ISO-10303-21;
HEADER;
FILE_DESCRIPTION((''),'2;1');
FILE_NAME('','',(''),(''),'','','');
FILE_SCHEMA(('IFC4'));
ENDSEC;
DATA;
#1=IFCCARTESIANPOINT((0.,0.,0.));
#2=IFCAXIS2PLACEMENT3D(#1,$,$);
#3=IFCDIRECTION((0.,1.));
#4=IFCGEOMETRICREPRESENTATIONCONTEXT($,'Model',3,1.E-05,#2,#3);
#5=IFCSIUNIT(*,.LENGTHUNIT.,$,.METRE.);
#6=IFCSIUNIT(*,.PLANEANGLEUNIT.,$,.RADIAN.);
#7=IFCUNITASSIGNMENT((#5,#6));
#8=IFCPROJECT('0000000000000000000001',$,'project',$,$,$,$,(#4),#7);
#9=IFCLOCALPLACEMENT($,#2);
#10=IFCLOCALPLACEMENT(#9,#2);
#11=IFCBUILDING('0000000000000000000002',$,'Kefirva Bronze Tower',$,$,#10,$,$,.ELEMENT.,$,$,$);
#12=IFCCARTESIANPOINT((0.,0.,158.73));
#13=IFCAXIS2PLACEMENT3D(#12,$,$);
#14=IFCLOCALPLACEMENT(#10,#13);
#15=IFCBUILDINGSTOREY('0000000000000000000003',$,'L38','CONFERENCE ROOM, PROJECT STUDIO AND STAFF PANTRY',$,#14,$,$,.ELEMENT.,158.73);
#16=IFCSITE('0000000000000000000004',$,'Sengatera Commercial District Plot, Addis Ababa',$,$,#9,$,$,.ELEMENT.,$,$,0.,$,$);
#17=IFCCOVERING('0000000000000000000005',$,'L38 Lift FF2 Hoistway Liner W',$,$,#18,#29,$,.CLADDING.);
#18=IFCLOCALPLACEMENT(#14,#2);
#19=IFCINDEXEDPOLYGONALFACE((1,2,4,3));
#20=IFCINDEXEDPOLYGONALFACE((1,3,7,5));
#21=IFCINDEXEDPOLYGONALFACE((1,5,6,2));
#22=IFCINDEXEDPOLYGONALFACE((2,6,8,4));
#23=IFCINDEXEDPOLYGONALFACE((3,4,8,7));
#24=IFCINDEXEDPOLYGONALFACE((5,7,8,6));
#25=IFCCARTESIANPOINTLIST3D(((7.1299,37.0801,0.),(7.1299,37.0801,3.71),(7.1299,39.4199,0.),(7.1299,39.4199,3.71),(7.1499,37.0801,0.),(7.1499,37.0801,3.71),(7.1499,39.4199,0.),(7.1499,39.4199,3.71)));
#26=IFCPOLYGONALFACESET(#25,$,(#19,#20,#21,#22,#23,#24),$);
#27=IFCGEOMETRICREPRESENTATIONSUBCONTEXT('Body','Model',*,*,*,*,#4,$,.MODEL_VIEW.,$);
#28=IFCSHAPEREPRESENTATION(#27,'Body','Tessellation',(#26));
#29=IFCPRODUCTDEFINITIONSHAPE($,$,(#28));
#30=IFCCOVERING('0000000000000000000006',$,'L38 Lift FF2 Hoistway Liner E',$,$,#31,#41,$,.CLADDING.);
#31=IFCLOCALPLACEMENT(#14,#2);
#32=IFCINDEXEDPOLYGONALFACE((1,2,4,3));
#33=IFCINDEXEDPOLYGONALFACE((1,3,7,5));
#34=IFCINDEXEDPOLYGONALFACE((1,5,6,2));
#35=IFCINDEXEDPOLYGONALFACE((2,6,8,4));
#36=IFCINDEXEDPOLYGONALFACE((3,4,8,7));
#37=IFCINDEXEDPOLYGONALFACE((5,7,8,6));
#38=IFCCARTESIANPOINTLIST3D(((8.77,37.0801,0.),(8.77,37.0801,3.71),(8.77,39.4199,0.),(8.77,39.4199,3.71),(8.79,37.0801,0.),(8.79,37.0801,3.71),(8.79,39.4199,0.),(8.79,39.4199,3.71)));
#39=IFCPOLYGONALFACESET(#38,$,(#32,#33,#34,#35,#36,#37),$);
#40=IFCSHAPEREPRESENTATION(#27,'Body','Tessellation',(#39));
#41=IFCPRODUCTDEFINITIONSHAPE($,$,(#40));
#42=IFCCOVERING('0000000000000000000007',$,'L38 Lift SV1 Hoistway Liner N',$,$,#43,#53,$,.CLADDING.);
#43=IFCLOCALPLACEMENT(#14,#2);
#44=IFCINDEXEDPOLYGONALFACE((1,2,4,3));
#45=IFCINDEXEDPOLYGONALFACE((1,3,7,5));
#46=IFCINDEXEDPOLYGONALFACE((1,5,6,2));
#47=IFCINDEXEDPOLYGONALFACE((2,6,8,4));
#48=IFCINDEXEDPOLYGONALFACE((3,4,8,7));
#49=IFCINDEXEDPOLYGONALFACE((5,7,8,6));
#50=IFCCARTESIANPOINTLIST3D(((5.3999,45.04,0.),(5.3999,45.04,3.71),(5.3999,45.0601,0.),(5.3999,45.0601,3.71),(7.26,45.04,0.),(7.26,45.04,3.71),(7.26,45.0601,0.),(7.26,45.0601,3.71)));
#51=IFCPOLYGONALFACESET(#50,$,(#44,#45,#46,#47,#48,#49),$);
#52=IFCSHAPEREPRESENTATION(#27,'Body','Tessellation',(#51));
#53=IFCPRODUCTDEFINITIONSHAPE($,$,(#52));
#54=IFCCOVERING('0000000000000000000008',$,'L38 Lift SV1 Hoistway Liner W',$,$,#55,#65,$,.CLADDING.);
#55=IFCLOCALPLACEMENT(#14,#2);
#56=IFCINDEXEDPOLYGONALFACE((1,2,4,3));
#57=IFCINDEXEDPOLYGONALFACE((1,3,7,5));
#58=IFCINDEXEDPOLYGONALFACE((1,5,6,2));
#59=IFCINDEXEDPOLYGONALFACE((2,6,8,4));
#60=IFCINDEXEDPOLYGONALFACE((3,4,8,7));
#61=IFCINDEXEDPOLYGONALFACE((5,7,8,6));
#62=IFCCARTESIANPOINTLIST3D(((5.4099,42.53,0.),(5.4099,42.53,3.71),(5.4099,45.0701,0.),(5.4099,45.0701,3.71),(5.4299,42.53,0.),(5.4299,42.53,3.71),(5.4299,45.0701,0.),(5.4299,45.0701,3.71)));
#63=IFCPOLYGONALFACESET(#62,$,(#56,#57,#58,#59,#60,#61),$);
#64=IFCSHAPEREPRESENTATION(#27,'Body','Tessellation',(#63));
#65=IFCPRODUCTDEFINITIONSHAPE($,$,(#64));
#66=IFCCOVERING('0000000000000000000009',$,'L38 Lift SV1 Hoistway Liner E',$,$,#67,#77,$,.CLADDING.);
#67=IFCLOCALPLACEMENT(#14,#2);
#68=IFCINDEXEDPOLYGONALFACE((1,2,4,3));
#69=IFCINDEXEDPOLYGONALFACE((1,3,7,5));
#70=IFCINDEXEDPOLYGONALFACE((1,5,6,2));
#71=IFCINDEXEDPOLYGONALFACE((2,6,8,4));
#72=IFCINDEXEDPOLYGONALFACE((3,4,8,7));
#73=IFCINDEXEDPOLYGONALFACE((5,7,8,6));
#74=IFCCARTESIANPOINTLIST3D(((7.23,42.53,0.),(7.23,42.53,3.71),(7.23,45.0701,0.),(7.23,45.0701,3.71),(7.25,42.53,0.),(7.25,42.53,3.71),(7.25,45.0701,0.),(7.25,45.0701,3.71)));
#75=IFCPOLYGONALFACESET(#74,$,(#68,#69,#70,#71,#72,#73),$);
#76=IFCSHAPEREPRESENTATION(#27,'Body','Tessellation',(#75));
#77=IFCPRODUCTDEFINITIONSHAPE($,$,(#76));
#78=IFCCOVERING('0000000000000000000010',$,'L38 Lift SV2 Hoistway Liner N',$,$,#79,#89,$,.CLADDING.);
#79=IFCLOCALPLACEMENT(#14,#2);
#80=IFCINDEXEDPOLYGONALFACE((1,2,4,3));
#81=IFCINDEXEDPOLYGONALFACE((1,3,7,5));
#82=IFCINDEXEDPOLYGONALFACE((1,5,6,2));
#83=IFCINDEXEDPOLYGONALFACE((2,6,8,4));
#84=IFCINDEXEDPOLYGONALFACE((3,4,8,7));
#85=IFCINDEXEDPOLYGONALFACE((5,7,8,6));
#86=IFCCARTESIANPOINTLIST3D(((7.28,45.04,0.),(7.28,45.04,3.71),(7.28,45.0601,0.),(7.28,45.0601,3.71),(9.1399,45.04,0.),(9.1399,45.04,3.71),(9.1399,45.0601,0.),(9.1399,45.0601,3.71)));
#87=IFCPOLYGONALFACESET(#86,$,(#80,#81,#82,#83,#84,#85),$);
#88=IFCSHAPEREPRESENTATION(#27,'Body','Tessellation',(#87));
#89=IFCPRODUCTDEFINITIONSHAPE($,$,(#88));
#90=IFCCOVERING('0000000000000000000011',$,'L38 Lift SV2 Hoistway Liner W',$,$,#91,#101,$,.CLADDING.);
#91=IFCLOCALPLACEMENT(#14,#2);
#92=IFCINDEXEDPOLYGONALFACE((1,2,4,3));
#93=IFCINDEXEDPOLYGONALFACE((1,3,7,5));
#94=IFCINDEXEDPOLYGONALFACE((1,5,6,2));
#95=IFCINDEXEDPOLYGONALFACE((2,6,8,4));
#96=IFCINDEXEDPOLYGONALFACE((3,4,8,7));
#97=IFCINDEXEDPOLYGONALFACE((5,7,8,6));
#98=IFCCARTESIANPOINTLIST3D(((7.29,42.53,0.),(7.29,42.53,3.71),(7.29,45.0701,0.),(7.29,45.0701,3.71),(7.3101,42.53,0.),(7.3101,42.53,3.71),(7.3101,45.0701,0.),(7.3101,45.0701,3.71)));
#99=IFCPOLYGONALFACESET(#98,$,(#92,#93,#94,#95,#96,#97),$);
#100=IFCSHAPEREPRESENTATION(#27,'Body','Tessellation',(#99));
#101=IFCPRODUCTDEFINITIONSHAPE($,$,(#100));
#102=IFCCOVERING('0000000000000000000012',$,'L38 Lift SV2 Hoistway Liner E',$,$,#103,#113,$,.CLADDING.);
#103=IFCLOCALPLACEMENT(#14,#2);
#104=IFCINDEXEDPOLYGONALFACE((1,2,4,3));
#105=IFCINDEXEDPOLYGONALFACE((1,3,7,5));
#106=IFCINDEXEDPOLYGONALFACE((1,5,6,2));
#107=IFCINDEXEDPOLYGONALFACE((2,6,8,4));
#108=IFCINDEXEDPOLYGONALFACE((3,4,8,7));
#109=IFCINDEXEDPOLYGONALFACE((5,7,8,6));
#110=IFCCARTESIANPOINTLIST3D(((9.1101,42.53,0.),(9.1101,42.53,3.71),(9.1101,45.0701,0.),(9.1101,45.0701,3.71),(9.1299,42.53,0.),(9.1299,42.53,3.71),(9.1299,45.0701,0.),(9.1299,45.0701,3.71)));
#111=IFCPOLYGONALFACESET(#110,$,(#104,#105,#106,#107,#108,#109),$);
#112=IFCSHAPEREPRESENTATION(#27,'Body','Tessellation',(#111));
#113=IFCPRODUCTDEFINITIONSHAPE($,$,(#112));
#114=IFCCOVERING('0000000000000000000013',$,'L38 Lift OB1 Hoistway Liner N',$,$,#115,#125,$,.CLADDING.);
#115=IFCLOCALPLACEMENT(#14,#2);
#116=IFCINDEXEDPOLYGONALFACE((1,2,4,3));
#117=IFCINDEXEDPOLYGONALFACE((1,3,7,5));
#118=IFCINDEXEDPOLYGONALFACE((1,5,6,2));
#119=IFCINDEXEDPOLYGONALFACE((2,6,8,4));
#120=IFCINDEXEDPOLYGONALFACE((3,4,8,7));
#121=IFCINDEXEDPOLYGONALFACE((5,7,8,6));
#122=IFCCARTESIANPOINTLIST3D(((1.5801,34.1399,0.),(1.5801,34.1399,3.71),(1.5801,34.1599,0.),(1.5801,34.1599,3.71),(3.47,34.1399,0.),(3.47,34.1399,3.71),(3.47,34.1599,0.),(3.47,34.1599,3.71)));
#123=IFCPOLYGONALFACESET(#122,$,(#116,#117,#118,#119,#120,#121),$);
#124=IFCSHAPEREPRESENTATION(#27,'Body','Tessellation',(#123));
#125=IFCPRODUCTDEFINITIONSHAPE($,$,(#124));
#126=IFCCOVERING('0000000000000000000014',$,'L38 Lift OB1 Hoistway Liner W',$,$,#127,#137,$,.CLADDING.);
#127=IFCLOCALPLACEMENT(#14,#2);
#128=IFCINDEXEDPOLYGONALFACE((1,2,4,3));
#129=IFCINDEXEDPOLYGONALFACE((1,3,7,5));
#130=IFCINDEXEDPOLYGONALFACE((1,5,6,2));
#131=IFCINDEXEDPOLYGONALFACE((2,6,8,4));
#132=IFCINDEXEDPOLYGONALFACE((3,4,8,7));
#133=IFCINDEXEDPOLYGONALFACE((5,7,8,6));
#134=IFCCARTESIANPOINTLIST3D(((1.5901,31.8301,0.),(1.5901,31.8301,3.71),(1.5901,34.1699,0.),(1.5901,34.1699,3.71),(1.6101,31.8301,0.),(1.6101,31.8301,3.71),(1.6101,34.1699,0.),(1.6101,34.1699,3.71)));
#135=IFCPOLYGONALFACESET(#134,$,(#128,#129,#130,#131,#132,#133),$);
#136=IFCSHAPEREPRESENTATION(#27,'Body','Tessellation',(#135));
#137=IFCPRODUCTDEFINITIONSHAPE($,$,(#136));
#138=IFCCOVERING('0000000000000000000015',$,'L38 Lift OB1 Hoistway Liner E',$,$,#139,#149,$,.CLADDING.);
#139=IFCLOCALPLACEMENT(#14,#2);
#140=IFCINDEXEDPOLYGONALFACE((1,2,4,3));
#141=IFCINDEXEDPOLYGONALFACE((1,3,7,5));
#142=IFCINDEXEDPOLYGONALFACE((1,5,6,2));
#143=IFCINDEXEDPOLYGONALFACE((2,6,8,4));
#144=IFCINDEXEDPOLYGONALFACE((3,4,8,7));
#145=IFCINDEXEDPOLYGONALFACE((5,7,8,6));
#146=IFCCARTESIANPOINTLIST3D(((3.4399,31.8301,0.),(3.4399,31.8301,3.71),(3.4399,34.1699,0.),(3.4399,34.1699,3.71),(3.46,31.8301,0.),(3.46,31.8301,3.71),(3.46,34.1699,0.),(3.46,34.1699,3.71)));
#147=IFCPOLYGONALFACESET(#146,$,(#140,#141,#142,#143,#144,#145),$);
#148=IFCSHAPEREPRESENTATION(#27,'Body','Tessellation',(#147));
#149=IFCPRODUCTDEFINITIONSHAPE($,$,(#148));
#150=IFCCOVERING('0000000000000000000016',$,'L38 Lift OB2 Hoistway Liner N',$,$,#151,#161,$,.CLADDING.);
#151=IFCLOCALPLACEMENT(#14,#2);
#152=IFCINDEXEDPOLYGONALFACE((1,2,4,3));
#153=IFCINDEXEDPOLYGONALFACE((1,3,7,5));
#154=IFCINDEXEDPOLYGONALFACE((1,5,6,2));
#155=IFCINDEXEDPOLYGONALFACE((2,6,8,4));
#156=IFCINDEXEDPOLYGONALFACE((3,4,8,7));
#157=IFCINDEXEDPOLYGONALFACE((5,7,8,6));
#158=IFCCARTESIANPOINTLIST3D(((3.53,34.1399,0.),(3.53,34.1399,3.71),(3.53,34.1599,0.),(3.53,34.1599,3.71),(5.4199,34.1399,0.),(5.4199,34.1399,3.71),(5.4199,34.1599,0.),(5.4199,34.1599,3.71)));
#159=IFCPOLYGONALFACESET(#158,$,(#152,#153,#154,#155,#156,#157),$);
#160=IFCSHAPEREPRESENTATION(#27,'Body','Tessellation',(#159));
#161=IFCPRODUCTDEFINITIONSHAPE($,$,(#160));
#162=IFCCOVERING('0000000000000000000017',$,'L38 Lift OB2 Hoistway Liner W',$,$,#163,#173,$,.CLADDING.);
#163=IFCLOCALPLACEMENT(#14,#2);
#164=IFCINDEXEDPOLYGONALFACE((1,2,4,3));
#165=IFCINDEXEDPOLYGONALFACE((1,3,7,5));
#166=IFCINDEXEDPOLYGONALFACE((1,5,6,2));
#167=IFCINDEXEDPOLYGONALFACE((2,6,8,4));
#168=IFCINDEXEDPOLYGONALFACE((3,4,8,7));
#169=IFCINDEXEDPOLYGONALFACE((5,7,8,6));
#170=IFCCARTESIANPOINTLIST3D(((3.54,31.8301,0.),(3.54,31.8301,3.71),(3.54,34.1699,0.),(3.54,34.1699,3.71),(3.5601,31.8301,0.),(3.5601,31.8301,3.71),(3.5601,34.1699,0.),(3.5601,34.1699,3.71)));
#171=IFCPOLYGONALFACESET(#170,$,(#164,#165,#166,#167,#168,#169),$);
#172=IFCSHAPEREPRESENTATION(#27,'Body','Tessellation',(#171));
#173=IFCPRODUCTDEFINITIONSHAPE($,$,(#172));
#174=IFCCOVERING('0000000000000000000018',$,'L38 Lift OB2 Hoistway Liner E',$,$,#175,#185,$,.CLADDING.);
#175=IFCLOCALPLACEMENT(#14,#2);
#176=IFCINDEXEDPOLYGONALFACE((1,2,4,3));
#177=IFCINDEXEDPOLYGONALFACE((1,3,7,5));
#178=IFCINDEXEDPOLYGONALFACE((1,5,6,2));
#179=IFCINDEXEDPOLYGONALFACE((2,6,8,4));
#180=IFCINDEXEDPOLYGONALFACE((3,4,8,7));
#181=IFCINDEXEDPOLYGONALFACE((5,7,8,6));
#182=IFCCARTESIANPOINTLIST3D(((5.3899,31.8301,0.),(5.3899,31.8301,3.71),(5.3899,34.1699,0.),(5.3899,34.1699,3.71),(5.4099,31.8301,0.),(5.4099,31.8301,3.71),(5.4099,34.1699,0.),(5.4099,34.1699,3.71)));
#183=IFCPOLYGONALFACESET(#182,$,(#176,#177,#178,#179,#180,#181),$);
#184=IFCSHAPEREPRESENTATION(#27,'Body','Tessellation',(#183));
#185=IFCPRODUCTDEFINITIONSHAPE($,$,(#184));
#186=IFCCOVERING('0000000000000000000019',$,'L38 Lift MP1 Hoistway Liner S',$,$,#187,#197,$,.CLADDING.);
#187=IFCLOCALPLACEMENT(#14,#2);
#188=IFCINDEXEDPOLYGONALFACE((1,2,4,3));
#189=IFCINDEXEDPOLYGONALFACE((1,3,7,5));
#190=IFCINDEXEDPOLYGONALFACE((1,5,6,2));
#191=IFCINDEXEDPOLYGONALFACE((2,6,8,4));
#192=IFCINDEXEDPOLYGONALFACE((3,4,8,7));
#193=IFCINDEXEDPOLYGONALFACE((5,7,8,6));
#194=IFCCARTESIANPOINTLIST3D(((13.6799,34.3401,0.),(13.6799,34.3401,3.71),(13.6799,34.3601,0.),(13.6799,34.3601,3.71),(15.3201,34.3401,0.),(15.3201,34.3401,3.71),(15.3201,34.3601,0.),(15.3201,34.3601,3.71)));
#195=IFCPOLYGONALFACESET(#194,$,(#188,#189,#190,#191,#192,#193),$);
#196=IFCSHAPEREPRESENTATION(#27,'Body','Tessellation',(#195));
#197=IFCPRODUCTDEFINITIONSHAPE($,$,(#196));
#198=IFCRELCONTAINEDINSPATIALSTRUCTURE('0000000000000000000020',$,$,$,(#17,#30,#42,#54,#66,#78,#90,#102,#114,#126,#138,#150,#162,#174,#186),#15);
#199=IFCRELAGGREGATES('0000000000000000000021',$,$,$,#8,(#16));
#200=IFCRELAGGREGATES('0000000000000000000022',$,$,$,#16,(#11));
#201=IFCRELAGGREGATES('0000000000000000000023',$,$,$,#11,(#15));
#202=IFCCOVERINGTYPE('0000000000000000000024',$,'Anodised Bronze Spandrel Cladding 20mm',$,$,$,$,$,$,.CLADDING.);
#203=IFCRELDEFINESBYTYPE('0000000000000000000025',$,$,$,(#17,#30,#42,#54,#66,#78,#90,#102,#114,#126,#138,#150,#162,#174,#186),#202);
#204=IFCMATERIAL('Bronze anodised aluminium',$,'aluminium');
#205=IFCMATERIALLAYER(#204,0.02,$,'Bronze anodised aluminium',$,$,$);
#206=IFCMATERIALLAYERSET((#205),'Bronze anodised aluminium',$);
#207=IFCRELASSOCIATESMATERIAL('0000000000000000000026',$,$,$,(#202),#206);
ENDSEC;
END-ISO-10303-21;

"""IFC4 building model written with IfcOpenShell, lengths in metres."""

from ifc_helpers import new_model, si_unit, direction, frame, origin, place, context, subcontext, project, spatial, polyline, outline, extrude, material, layer, layer_set, type_object, element, save


model = new_model("IFC4")

# Units and contexts
model_context = context("Model", 3, precision=1e-05, world=origin(), true_north=direction((0.0, 1.0)))
body_context = subcontext(model_context, "Body", "Model", "MODEL_VIEW")
ifc_project = project(units=[si_unit("LENGTHUNIT", "METRE"), si_unit("PLANEANGLEUNIT", "RADIAN")], contexts=[model_context])

# Site, building, storey
site_placement = place(None, origin())
site = spatial("IfcSite", under=ifc_project, at=site_placement, Name="Sengatera Commercial District Plot, Addis Ababa", CompositionType="ELEMENT", RefElevation=0.0)
building_placement = place(site_placement, origin())
building = spatial("IfcBuilding", under=site, at=building_placement, Name="Kefirva Bronze Tower", CompositionType="ELEMENT")
storey_placement = place(building_placement, frame((0.0, 0.0, 158.73)))
storey = spatial("IfcBuildingStorey", under=building, at=storey_placement, Name="L38", Description="CONFERENCE ROOM, PROJECT STUDIO AND STAFF PANTRY", CompositionType="ELEMENT", Elevation=158.73)

# Coverings
ifc_material_1 = material(Name="Bronze anodised aluminium", Category="aluminium")
ifc_layer_1 = layer(ifc_material_1, 0.02, Name="Bronze anodised aluminium")
ifc_layer_set_1 = layer_set([ifc_layer_1], Name="Bronze anodised aluminium")
covering_type = type_object("IfcCoveringType", Name="Anodised Bronze Spandrel Cladding 20mm", PredefinedType="CLADDING", material=ifc_layer_set_1)
covering_1_placement = place(storey_placement, origin())
element("IfcCovering", 1, at=covering_1_placement, inside=storey, type_object=covering_type, Name="L38 Lift FF2 Hoistway Liner W", PredefinedType="CLADDING", context=body_context, shape_type="SweptSolid", body=[
    extrude(outline(polyline([(7.1299, 37.0801), (7.1499, 37.0801), (7.1499, 39.4199), (7.1299, 39.4199), (7.1299, 37.0801)])), origin(), (0.0, 0.0, 1.0), 3.71),
])
covering_2_placement = place(storey_placement, origin())
element("IfcCovering", 2, at=covering_2_placement, inside=storey, type_object=covering_type, Name="L38 Lift FF2 Hoistway Liner E", PredefinedType="CLADDING", context=body_context, shape_type="SweptSolid", body=[
    extrude(outline(polyline([(8.77, 37.0801), (8.79, 37.0801), (8.79, 39.4199), (8.77, 39.4199), (8.77, 37.0801)])), origin(), (0.0, 0.0, 1.0), 3.71),
])
covering_3_placement = place(storey_placement, origin())
element("IfcCovering", 3, at=covering_3_placement, inside=storey, type_object=covering_type, Name="L38 Lift SV1 Hoistway Liner N", PredefinedType="CLADDING", context=body_context, shape_type="SweptSolid", body=[
    extrude(outline(polyline([(5.3999, 45.04), (7.26, 45.04), (7.26, 45.0601), (5.3999, 45.0601), (5.3999, 45.04)])), origin(), (0.0, 0.0, 1.0), 3.71),
])
covering_4_placement = place(storey_placement, origin())
element("IfcCovering", 4, at=covering_4_placement, inside=storey, type_object=covering_type, Name="L38 Lift SV1 Hoistway Liner W", PredefinedType="CLADDING", context=body_context, shape_type="SweptSolid", body=[
    extrude(outline(polyline([(5.4099, 42.53), (5.4299, 42.53), (5.4299, 45.0701), (5.4099, 45.0701), (5.4099, 42.53)])), origin(), (0.0, 0.0, 1.0), 3.71),
])
covering_5_placement = place(storey_placement, origin())
element("IfcCovering", 5, at=covering_5_placement, inside=storey, type_object=covering_type, Name="L38 Lift SV1 Hoistway Liner E", PredefinedType="CLADDING", context=body_context, shape_type="SweptSolid", body=[
    extrude(outline(polyline([(7.23, 42.53), (7.25, 42.53), (7.25, 45.0701), (7.23, 45.0701), (7.23, 42.53)])), origin(), (0.0, 0.0, 1.0), 3.71),
])
covering_6_placement = place(storey_placement, origin())
element("IfcCovering", 6, at=covering_6_placement, inside=storey, type_object=covering_type, Name="L38 Lift SV2 Hoistway Liner N", PredefinedType="CLADDING", context=body_context, shape_type="SweptSolid", body=[
    extrude(outline(polyline([(7.28, 45.04), (9.1399, 45.04), (9.1399, 45.0601), (7.28, 45.0601), (7.28, 45.04)])), origin(), (0.0, 0.0, 1.0), 3.71),
])
covering_7_placement = place(storey_placement, origin())
element("IfcCovering", 7, at=covering_7_placement, inside=storey, type_object=covering_type, Name="L38 Lift SV2 Hoistway Liner W", PredefinedType="CLADDING", context=body_context, shape_type="SweptSolid", body=[
    extrude(outline(polyline([(7.29, 42.53), (7.3101, 42.53), (7.3101, 45.0701), (7.29, 45.0701), (7.29, 42.53)])), origin(), (0.0, 0.0, 1.0), 3.71),
])
covering_8_placement = place(storey_placement, origin())
element("IfcCovering", 8, at=covering_8_placement, inside=storey, type_object=covering_type, Name="L38 Lift SV2 Hoistway Liner E", PredefinedType="CLADDING", context=body_context, shape_type="SweptSolid", body=[
    extrude(outline(polyline([(9.1101, 42.53), (9.1299, 42.53), (9.1299, 45.0701), (9.1101, 45.0701), (9.1101, 42.53)])), origin(), (0.0, 0.0, 1.0), 3.71),
])
covering_9_placement = place(storey_placement, origin())
element("IfcCovering", 9, at=covering_9_placement, inside=storey, type_object=covering_type, Name="L38 Lift OB1 Hoistway Liner N", PredefinedType="CLADDING", context=body_context, shape_type="SweptSolid", body=[
    extrude(outline(polyline([(1.5801, 34.1399), (3.47, 34.1399), (3.47, 34.1599), (1.5801, 34.1599), (1.5801, 34.1399)])), origin(), (0.0, 0.0, 1.0), 3.71),
])
covering_10_placement = place(storey_placement, origin())
element("IfcCovering", 10, at=covering_10_placement, inside=storey, type_object=covering_type, Name="L38 Lift OB1 Hoistway Liner W", PredefinedType="CLADDING", context=body_context, shape_type="SweptSolid", body=[
    extrude(outline(polyline([(1.5901, 31.8301), (1.6101, 31.8301), (1.6101, 34.1699), (1.5901, 34.1699), (1.5901, 31.8301)])), origin(), (0.0, 0.0, 1.0), 3.71),
])
covering_11_placement = place(storey_placement, origin())
element("IfcCovering", 11, at=covering_11_placement, inside=storey, type_object=covering_type, Name="L38 Lift OB1 Hoistway Liner E", PredefinedType="CLADDING", context=body_context, shape_type="SweptSolid", body=[
    extrude(outline(polyline([(3.4399, 31.8301), (3.46, 31.8301), (3.46, 34.1699), (3.4399, 34.1699), (3.4399, 31.8301)])), origin(), (0.0, 0.0, 1.0), 3.71),
])
covering_12_placement = place(storey_placement, origin())
element("IfcCovering", 12, at=covering_12_placement, inside=storey, type_object=covering_type, Name="L38 Lift OB2 Hoistway Liner N", PredefinedType="CLADDING", context=body_context, shape_type="SweptSolid", body=[
    extrude(outline(polyline([(3.53, 34.1399), (5.4199, 34.1399), (5.4199, 34.1599), (3.53, 34.1599), (3.53, 34.1399)])), origin(), (0.0, 0.0, 1.0), 3.71),
])
covering_13_placement = place(storey_placement, origin())
element("IfcCovering", 13, at=covering_13_placement, inside=storey, type_object=covering_type, Name="L38 Lift OB2 Hoistway Liner W", PredefinedType="CLADDING", context=body_context, shape_type="SweptSolid", body=[
    extrude(outline(polyline([(3.54, 31.8301), (3.5601, 31.8301), (3.5601, 34.1699), (3.54, 34.1699), (3.54, 31.8301)])), origin(), (0.0, 0.0, 1.0), 3.71),
])
covering_14_placement = place(storey_placement, origin())
element("IfcCovering", 14, at=covering_14_placement, inside=storey, type_object=covering_type, Name="L38 Lift OB2 Hoistway Liner E", PredefinedType="CLADDING", context=body_context, shape_type="SweptSolid", body=[
    extrude(outline(polyline([(5.3899, 31.8301), (5.4099, 31.8301), (5.4099, 34.1699), (5.3899, 34.1699), (5.3899, 31.8301)])), origin(), (0.0, 0.0, 1.0), 3.71),
])
covering_15_placement = place(storey_placement, origin())
element("IfcCovering", 15, at=covering_15_placement, inside=storey, type_object=covering_type, Name="L38 Lift MP1 Hoistway Liner S", PredefinedType="CLADDING", context=body_context, shape_type="SweptSolid", body=[
    extrude(outline(polyline([(13.6799, 34.3401), (15.3201, 34.3401), (15.3201, 34.3601), (13.6799, 34.3601), (13.6799, 34.3401)])), origin(), (0.0, 0.0, 1.0), 3.71),
])

save(model, "model.ifc")
